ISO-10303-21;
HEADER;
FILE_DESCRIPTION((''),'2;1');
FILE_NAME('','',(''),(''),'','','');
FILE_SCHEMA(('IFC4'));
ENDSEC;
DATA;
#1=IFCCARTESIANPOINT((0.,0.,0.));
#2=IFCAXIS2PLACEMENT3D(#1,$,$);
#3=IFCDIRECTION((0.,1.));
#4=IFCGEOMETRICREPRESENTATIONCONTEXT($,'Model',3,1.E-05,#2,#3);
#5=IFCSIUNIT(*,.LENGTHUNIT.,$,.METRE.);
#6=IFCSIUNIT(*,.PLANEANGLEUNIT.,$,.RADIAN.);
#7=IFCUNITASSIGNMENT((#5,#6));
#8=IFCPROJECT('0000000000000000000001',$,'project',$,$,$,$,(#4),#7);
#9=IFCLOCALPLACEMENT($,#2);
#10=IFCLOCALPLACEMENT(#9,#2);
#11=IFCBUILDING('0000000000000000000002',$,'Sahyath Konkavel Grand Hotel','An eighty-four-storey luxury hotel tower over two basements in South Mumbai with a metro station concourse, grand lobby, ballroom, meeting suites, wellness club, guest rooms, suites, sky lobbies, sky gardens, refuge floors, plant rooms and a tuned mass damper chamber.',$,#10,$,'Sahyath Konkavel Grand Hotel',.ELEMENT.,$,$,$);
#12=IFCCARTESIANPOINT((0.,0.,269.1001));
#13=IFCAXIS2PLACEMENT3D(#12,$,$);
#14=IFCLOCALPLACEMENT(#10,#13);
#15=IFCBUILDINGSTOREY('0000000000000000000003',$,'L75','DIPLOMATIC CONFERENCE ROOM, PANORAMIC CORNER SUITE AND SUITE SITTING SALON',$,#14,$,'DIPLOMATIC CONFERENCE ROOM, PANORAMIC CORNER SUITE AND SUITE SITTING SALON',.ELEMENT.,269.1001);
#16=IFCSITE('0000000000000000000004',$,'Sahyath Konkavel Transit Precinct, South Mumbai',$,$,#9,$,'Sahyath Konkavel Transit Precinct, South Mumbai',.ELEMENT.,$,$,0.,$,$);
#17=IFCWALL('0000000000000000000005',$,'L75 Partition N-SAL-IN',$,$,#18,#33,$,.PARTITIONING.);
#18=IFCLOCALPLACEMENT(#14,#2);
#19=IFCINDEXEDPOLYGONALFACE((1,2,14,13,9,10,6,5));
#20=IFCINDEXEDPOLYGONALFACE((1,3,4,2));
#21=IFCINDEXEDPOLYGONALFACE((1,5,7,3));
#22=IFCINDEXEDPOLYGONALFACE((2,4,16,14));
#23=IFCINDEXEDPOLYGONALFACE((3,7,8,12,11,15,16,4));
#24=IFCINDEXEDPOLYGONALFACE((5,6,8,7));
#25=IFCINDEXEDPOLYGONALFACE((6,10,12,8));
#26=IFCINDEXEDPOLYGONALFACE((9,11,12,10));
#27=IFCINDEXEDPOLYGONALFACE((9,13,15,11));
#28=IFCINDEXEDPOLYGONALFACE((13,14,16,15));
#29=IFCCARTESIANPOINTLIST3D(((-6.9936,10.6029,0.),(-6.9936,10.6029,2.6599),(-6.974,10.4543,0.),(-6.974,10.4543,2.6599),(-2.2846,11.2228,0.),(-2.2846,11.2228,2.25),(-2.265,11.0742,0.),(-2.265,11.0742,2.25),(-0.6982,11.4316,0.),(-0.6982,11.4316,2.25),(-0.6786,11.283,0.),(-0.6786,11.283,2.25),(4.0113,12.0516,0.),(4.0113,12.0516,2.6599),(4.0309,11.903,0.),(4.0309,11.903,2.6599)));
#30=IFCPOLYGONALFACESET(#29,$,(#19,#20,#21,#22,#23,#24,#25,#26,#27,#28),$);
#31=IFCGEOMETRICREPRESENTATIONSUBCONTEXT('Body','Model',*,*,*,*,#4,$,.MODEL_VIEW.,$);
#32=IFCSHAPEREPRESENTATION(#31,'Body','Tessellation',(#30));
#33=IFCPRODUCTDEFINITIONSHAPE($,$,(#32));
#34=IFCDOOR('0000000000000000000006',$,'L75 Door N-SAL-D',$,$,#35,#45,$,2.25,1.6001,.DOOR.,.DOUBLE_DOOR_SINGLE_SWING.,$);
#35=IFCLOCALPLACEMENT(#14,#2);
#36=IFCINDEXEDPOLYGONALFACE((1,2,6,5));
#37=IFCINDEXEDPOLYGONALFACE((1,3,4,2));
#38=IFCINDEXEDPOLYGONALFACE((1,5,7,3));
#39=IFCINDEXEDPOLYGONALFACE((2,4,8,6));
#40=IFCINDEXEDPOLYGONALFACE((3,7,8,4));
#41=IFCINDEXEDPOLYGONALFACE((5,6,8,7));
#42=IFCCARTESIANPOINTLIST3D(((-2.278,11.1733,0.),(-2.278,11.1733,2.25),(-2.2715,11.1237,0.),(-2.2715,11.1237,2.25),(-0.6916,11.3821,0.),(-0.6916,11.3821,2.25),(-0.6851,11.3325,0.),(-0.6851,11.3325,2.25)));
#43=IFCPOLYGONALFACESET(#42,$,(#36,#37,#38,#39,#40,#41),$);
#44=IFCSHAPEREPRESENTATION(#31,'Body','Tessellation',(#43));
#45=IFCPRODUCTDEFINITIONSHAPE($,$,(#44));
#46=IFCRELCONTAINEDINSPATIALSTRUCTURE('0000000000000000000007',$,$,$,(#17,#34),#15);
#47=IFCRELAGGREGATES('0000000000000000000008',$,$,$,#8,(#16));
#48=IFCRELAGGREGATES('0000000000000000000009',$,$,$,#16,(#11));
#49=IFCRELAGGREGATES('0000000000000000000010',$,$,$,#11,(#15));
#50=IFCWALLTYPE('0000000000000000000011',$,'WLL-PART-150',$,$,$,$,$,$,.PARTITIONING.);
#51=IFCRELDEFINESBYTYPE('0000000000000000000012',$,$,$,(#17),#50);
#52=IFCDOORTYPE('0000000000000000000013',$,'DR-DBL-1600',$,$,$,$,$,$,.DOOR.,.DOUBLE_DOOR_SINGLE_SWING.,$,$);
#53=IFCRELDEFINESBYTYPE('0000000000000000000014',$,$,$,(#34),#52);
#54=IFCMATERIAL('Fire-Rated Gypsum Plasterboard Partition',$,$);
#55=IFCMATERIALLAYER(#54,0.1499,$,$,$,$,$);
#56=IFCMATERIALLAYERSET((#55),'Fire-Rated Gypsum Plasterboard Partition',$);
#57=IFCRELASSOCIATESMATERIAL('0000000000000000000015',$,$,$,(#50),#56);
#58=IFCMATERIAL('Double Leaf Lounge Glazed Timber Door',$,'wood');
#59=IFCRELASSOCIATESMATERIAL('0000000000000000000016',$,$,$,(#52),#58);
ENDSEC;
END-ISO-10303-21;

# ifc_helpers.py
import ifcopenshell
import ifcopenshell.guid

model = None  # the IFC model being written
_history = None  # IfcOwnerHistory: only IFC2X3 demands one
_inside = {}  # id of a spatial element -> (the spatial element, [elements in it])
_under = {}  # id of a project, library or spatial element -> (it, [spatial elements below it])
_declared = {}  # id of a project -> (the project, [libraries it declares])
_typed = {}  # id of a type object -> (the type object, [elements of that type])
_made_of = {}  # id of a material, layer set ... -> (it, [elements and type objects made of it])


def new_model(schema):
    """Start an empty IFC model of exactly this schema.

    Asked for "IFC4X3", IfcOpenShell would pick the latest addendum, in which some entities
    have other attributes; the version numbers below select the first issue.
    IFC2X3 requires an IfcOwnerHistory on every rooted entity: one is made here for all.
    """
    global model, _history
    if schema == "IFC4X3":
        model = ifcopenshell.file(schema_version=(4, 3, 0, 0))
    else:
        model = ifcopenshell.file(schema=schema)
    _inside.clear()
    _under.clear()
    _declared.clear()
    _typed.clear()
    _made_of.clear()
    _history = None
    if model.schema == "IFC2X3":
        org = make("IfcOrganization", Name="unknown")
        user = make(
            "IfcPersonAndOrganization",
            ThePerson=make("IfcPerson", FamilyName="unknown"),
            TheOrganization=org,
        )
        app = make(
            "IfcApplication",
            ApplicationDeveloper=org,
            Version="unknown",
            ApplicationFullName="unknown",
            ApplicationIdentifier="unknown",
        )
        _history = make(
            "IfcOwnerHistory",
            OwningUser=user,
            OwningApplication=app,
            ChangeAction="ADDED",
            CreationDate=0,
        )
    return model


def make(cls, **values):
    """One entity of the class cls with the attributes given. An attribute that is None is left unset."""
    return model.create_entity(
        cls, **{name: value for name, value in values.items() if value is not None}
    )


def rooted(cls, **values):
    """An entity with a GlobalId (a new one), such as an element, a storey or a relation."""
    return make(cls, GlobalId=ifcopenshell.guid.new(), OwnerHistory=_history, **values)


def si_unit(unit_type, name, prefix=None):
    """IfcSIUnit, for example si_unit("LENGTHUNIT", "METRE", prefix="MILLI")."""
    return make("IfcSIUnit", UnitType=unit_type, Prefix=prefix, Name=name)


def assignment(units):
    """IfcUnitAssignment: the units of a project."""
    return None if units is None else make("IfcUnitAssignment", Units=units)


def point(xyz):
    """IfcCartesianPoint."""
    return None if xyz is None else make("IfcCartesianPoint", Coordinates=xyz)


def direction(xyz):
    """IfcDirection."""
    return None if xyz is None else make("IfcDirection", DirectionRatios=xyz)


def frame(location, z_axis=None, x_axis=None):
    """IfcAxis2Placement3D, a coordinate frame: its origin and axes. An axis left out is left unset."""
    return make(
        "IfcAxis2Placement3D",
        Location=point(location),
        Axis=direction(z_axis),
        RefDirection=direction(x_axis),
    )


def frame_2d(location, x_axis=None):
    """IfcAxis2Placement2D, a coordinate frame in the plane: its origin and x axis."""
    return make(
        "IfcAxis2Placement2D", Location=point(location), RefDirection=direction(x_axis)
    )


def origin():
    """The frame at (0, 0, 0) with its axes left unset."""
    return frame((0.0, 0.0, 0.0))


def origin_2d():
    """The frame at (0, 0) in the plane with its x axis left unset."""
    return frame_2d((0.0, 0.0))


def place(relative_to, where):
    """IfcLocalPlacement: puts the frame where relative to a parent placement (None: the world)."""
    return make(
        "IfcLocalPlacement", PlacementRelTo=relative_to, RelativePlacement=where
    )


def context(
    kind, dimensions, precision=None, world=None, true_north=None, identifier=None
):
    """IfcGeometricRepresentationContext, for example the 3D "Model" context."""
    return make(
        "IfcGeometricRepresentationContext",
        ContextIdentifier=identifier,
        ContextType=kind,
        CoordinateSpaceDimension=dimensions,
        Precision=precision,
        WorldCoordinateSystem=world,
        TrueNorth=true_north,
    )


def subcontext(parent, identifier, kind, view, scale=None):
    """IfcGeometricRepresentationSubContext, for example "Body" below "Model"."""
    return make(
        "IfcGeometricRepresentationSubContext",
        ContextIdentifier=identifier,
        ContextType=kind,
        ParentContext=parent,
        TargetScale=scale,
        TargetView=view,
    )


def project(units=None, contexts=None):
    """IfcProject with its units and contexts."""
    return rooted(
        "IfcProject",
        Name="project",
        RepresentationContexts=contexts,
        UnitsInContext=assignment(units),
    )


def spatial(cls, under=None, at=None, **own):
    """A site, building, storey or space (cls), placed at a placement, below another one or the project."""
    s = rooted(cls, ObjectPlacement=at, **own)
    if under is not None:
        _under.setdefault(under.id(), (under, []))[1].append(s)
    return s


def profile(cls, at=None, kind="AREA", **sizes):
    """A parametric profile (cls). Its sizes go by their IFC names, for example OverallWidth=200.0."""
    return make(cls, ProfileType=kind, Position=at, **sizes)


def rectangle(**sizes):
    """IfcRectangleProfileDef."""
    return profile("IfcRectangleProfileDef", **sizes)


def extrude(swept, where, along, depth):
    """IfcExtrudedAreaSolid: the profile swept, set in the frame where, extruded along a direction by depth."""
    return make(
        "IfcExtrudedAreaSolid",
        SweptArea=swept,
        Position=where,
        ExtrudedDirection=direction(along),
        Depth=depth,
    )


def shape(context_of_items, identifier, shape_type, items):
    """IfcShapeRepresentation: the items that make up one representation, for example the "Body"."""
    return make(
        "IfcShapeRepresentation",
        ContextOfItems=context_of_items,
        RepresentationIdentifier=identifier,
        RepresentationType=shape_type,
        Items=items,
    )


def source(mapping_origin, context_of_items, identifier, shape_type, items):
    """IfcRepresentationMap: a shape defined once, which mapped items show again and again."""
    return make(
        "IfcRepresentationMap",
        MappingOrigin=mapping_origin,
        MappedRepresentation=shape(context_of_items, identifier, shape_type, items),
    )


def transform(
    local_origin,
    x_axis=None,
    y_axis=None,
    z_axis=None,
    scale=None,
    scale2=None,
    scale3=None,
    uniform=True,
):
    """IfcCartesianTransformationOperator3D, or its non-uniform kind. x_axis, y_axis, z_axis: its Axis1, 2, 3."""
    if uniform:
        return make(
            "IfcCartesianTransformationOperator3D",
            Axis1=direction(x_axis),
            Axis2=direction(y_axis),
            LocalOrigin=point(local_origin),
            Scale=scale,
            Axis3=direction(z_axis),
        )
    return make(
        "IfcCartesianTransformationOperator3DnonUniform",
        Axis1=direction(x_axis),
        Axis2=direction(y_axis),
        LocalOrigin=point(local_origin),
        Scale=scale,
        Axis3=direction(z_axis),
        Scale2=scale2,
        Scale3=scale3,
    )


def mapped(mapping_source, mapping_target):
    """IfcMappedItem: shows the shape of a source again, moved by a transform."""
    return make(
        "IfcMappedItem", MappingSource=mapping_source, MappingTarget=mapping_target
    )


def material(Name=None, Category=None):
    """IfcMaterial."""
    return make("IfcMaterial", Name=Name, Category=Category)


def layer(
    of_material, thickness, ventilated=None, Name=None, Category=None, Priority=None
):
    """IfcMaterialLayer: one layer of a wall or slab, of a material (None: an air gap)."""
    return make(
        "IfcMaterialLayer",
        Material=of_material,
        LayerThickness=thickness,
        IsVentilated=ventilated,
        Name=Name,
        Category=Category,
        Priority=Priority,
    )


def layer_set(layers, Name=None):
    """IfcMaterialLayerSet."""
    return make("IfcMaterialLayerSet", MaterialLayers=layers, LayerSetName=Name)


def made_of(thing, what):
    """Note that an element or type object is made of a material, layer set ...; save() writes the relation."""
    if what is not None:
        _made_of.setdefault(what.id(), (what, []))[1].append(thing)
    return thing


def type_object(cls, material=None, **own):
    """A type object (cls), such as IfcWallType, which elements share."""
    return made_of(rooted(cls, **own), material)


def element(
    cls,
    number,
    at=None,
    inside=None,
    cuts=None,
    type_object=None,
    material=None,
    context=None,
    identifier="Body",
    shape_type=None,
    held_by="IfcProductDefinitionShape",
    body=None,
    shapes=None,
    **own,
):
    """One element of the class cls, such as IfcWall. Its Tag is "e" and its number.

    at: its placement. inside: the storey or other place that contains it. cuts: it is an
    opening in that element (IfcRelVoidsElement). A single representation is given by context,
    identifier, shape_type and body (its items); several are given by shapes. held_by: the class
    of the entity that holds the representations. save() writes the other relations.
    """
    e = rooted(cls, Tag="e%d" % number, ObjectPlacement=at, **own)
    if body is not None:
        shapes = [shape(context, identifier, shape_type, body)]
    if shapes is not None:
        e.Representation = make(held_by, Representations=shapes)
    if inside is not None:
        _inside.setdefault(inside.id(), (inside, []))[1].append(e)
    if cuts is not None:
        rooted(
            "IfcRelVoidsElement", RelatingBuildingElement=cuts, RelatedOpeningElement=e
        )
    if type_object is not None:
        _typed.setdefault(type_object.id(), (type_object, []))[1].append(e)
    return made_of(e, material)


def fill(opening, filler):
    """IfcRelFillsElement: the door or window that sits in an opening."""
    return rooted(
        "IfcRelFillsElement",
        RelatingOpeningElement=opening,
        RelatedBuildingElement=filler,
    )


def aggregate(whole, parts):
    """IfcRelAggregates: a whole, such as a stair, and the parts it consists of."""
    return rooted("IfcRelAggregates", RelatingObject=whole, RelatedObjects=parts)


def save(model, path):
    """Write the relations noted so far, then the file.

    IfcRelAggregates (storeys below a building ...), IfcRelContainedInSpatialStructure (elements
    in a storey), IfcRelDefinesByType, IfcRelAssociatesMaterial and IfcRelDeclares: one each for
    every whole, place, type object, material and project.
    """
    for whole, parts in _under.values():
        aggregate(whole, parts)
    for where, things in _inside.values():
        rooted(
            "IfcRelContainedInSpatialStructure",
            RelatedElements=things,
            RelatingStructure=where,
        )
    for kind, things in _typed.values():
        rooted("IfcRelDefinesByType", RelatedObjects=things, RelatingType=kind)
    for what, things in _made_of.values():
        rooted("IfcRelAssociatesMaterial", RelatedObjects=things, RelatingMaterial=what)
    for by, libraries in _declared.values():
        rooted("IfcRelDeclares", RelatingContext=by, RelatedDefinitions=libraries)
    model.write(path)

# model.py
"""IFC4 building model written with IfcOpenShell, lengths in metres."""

from ifc_helpers import new_model, si_unit, direction, frame, frame_2d, origin, origin_2d, place, context, subcontext, project, spatial, rectangle, extrude, source, transform, mapped, material, layer, layer_set, type_object, element, fill, save


model = new_model("IFC4")

# Units and contexts
model_context = context("Model", 3, precision=1e-05, world=origin(), true_north=direction((0.0, 1.0)))
body_context = subcontext(model_context, "Body", "Model", "MODEL_VIEW")
ifc_project = project(units=[si_unit("LENGTHUNIT", "METRE"), si_unit("PLANEANGLEUNIT", "RADIAN")], contexts=[model_context])

# Site, building, storey
site_placement = place(None, origin())
site = spatial("IfcSite", under=ifc_project, at=site_placement, Name="Sahyath Konkavel Transit Precinct, South Mumbai", LongName="Sahyath Konkavel Transit Precinct, South Mumbai", CompositionType="ELEMENT", RefElevation=0.0)
building_placement = place(site_placement, origin())
building = spatial("IfcBuilding", under=site, at=building_placement, Name="Sahyath Konkavel Grand Hotel", Description="An eighty-four-storey luxury hotel tower over two basements in South Mumbai with a metro station concourse, grand lobby, ballroom, meeting suites, wellness club, guest rooms, suites, sky lobbies, sky gardens, refuge floors, plant rooms and a tuned mass damper chamber.", LongName="Sahyath Konkavel Grand Hotel", CompositionType="ELEMENT")
storey_placement = place(building_placement, frame((0.0, 0.0, 269.1001)))
storey = spatial("IfcBuildingStorey", under=building, at=storey_placement, Name="L75", Description="DIPLOMATIC CONFERENCE ROOM, PANORAMIC CORNER SUITE AND SUITE SITTING SALON", LongName="DIPLOMATIC CONFERENCE ROOM, PANORAMIC CORNER SUITE AND SUITE SITTING SALON", CompositionType="ELEMENT", Elevation=269.1001)

# Wall, opening, door
ifc_material_1 = material(Name="Fire-Rated Gypsum Plasterboard Partition")
ifc_layer_1 = layer(ifc_material_1, 0.1499)
ifc_layer_set_1 = layer_set([ifc_layer_1], Name="Fire-Rated Gypsum Plasterboard Partition")
wall_type_1 = type_object("IfcWallType", Name="WLL-PART-150", PredefinedType="PARTITIONING", material=ifc_layer_set_1)
wall_1_placement = place(storey_placement, frame((4.021, 11.9773, 0.0), z_axis=(0.0, 0.0, 1.0), x_axis=(-0.991446, -0.130518, 0.0)))
wall_1 = element("IfcWall", 1, at=wall_1_placement, inside=storey, type_object=wall_type_1, Name="L75 Partition N-SAL-IN", PredefinedType="PARTITIONING", context=body_context, shape_type="SweptSolid", body=[
    extrude(rectangle(XDim=11.0999, YDim=0.1499, at=frame_2d((5.5498, 0.0))), origin(), (0.0, 0.0, 1.0), 2.6599),
])
opening_placement = place(wall_1_placement, frame((4.75, 0.0, 0.0)))
opening = element("IfcOpeningElement", 2, at=opening_placement, cuts=wall_1, PredefinedType="OPENING", context=body_context, shape_type="SweptSolid", body=[
    extrude(rectangle(XDim=1.6001, YDim=2.25, at=frame_2d((0.8, 1.125))), frame((0.0, 0.085, 0.0), z_axis=(0.0, -1.0, 0.0), x_axis=(1.0, 0.0, 0.0)), (0.0, 0.0, 1.0), 0.1699),
])
ifc_material_2 = material(Name="Double Leaf Lounge Glazed Timber Door", Category="wood")
door_type = type_object("IfcDoorType", Name="DR-DBL-1600", OperationType="DOUBLE_DOOR_SINGLE_SWING", PredefinedType="DOOR", material=ifc_material_2)
shared_shape_1 = source(origin(), body_context, "Body", "SweptSolid", [
    extrude(rectangle(XDim=1.6001, YDim=0.05, at=origin_2d()), origin(), (0.0, 0.0, 1.0), 2.25),
])
door_placement = place(opening_placement, frame((0.8, 0.0, 0.0)))
door = element("IfcDoor", 3, at=door_placement, inside=storey, type_object=door_type, Name="L75 Door N-SAL-D", OperationType="DOUBLE_DOOR_SINGLE_SWING", OverallHeight=2.25, OverallWidth=1.6001, PredefinedType="DOOR", context=body_context, shape_type="MappedRepresentation", body=[
    mapped(shared_shape_1, transform((0.0, 0.0, 0.0), scale=1.0)),
])
fill(opening, door)

save(model, "model.ifc")
